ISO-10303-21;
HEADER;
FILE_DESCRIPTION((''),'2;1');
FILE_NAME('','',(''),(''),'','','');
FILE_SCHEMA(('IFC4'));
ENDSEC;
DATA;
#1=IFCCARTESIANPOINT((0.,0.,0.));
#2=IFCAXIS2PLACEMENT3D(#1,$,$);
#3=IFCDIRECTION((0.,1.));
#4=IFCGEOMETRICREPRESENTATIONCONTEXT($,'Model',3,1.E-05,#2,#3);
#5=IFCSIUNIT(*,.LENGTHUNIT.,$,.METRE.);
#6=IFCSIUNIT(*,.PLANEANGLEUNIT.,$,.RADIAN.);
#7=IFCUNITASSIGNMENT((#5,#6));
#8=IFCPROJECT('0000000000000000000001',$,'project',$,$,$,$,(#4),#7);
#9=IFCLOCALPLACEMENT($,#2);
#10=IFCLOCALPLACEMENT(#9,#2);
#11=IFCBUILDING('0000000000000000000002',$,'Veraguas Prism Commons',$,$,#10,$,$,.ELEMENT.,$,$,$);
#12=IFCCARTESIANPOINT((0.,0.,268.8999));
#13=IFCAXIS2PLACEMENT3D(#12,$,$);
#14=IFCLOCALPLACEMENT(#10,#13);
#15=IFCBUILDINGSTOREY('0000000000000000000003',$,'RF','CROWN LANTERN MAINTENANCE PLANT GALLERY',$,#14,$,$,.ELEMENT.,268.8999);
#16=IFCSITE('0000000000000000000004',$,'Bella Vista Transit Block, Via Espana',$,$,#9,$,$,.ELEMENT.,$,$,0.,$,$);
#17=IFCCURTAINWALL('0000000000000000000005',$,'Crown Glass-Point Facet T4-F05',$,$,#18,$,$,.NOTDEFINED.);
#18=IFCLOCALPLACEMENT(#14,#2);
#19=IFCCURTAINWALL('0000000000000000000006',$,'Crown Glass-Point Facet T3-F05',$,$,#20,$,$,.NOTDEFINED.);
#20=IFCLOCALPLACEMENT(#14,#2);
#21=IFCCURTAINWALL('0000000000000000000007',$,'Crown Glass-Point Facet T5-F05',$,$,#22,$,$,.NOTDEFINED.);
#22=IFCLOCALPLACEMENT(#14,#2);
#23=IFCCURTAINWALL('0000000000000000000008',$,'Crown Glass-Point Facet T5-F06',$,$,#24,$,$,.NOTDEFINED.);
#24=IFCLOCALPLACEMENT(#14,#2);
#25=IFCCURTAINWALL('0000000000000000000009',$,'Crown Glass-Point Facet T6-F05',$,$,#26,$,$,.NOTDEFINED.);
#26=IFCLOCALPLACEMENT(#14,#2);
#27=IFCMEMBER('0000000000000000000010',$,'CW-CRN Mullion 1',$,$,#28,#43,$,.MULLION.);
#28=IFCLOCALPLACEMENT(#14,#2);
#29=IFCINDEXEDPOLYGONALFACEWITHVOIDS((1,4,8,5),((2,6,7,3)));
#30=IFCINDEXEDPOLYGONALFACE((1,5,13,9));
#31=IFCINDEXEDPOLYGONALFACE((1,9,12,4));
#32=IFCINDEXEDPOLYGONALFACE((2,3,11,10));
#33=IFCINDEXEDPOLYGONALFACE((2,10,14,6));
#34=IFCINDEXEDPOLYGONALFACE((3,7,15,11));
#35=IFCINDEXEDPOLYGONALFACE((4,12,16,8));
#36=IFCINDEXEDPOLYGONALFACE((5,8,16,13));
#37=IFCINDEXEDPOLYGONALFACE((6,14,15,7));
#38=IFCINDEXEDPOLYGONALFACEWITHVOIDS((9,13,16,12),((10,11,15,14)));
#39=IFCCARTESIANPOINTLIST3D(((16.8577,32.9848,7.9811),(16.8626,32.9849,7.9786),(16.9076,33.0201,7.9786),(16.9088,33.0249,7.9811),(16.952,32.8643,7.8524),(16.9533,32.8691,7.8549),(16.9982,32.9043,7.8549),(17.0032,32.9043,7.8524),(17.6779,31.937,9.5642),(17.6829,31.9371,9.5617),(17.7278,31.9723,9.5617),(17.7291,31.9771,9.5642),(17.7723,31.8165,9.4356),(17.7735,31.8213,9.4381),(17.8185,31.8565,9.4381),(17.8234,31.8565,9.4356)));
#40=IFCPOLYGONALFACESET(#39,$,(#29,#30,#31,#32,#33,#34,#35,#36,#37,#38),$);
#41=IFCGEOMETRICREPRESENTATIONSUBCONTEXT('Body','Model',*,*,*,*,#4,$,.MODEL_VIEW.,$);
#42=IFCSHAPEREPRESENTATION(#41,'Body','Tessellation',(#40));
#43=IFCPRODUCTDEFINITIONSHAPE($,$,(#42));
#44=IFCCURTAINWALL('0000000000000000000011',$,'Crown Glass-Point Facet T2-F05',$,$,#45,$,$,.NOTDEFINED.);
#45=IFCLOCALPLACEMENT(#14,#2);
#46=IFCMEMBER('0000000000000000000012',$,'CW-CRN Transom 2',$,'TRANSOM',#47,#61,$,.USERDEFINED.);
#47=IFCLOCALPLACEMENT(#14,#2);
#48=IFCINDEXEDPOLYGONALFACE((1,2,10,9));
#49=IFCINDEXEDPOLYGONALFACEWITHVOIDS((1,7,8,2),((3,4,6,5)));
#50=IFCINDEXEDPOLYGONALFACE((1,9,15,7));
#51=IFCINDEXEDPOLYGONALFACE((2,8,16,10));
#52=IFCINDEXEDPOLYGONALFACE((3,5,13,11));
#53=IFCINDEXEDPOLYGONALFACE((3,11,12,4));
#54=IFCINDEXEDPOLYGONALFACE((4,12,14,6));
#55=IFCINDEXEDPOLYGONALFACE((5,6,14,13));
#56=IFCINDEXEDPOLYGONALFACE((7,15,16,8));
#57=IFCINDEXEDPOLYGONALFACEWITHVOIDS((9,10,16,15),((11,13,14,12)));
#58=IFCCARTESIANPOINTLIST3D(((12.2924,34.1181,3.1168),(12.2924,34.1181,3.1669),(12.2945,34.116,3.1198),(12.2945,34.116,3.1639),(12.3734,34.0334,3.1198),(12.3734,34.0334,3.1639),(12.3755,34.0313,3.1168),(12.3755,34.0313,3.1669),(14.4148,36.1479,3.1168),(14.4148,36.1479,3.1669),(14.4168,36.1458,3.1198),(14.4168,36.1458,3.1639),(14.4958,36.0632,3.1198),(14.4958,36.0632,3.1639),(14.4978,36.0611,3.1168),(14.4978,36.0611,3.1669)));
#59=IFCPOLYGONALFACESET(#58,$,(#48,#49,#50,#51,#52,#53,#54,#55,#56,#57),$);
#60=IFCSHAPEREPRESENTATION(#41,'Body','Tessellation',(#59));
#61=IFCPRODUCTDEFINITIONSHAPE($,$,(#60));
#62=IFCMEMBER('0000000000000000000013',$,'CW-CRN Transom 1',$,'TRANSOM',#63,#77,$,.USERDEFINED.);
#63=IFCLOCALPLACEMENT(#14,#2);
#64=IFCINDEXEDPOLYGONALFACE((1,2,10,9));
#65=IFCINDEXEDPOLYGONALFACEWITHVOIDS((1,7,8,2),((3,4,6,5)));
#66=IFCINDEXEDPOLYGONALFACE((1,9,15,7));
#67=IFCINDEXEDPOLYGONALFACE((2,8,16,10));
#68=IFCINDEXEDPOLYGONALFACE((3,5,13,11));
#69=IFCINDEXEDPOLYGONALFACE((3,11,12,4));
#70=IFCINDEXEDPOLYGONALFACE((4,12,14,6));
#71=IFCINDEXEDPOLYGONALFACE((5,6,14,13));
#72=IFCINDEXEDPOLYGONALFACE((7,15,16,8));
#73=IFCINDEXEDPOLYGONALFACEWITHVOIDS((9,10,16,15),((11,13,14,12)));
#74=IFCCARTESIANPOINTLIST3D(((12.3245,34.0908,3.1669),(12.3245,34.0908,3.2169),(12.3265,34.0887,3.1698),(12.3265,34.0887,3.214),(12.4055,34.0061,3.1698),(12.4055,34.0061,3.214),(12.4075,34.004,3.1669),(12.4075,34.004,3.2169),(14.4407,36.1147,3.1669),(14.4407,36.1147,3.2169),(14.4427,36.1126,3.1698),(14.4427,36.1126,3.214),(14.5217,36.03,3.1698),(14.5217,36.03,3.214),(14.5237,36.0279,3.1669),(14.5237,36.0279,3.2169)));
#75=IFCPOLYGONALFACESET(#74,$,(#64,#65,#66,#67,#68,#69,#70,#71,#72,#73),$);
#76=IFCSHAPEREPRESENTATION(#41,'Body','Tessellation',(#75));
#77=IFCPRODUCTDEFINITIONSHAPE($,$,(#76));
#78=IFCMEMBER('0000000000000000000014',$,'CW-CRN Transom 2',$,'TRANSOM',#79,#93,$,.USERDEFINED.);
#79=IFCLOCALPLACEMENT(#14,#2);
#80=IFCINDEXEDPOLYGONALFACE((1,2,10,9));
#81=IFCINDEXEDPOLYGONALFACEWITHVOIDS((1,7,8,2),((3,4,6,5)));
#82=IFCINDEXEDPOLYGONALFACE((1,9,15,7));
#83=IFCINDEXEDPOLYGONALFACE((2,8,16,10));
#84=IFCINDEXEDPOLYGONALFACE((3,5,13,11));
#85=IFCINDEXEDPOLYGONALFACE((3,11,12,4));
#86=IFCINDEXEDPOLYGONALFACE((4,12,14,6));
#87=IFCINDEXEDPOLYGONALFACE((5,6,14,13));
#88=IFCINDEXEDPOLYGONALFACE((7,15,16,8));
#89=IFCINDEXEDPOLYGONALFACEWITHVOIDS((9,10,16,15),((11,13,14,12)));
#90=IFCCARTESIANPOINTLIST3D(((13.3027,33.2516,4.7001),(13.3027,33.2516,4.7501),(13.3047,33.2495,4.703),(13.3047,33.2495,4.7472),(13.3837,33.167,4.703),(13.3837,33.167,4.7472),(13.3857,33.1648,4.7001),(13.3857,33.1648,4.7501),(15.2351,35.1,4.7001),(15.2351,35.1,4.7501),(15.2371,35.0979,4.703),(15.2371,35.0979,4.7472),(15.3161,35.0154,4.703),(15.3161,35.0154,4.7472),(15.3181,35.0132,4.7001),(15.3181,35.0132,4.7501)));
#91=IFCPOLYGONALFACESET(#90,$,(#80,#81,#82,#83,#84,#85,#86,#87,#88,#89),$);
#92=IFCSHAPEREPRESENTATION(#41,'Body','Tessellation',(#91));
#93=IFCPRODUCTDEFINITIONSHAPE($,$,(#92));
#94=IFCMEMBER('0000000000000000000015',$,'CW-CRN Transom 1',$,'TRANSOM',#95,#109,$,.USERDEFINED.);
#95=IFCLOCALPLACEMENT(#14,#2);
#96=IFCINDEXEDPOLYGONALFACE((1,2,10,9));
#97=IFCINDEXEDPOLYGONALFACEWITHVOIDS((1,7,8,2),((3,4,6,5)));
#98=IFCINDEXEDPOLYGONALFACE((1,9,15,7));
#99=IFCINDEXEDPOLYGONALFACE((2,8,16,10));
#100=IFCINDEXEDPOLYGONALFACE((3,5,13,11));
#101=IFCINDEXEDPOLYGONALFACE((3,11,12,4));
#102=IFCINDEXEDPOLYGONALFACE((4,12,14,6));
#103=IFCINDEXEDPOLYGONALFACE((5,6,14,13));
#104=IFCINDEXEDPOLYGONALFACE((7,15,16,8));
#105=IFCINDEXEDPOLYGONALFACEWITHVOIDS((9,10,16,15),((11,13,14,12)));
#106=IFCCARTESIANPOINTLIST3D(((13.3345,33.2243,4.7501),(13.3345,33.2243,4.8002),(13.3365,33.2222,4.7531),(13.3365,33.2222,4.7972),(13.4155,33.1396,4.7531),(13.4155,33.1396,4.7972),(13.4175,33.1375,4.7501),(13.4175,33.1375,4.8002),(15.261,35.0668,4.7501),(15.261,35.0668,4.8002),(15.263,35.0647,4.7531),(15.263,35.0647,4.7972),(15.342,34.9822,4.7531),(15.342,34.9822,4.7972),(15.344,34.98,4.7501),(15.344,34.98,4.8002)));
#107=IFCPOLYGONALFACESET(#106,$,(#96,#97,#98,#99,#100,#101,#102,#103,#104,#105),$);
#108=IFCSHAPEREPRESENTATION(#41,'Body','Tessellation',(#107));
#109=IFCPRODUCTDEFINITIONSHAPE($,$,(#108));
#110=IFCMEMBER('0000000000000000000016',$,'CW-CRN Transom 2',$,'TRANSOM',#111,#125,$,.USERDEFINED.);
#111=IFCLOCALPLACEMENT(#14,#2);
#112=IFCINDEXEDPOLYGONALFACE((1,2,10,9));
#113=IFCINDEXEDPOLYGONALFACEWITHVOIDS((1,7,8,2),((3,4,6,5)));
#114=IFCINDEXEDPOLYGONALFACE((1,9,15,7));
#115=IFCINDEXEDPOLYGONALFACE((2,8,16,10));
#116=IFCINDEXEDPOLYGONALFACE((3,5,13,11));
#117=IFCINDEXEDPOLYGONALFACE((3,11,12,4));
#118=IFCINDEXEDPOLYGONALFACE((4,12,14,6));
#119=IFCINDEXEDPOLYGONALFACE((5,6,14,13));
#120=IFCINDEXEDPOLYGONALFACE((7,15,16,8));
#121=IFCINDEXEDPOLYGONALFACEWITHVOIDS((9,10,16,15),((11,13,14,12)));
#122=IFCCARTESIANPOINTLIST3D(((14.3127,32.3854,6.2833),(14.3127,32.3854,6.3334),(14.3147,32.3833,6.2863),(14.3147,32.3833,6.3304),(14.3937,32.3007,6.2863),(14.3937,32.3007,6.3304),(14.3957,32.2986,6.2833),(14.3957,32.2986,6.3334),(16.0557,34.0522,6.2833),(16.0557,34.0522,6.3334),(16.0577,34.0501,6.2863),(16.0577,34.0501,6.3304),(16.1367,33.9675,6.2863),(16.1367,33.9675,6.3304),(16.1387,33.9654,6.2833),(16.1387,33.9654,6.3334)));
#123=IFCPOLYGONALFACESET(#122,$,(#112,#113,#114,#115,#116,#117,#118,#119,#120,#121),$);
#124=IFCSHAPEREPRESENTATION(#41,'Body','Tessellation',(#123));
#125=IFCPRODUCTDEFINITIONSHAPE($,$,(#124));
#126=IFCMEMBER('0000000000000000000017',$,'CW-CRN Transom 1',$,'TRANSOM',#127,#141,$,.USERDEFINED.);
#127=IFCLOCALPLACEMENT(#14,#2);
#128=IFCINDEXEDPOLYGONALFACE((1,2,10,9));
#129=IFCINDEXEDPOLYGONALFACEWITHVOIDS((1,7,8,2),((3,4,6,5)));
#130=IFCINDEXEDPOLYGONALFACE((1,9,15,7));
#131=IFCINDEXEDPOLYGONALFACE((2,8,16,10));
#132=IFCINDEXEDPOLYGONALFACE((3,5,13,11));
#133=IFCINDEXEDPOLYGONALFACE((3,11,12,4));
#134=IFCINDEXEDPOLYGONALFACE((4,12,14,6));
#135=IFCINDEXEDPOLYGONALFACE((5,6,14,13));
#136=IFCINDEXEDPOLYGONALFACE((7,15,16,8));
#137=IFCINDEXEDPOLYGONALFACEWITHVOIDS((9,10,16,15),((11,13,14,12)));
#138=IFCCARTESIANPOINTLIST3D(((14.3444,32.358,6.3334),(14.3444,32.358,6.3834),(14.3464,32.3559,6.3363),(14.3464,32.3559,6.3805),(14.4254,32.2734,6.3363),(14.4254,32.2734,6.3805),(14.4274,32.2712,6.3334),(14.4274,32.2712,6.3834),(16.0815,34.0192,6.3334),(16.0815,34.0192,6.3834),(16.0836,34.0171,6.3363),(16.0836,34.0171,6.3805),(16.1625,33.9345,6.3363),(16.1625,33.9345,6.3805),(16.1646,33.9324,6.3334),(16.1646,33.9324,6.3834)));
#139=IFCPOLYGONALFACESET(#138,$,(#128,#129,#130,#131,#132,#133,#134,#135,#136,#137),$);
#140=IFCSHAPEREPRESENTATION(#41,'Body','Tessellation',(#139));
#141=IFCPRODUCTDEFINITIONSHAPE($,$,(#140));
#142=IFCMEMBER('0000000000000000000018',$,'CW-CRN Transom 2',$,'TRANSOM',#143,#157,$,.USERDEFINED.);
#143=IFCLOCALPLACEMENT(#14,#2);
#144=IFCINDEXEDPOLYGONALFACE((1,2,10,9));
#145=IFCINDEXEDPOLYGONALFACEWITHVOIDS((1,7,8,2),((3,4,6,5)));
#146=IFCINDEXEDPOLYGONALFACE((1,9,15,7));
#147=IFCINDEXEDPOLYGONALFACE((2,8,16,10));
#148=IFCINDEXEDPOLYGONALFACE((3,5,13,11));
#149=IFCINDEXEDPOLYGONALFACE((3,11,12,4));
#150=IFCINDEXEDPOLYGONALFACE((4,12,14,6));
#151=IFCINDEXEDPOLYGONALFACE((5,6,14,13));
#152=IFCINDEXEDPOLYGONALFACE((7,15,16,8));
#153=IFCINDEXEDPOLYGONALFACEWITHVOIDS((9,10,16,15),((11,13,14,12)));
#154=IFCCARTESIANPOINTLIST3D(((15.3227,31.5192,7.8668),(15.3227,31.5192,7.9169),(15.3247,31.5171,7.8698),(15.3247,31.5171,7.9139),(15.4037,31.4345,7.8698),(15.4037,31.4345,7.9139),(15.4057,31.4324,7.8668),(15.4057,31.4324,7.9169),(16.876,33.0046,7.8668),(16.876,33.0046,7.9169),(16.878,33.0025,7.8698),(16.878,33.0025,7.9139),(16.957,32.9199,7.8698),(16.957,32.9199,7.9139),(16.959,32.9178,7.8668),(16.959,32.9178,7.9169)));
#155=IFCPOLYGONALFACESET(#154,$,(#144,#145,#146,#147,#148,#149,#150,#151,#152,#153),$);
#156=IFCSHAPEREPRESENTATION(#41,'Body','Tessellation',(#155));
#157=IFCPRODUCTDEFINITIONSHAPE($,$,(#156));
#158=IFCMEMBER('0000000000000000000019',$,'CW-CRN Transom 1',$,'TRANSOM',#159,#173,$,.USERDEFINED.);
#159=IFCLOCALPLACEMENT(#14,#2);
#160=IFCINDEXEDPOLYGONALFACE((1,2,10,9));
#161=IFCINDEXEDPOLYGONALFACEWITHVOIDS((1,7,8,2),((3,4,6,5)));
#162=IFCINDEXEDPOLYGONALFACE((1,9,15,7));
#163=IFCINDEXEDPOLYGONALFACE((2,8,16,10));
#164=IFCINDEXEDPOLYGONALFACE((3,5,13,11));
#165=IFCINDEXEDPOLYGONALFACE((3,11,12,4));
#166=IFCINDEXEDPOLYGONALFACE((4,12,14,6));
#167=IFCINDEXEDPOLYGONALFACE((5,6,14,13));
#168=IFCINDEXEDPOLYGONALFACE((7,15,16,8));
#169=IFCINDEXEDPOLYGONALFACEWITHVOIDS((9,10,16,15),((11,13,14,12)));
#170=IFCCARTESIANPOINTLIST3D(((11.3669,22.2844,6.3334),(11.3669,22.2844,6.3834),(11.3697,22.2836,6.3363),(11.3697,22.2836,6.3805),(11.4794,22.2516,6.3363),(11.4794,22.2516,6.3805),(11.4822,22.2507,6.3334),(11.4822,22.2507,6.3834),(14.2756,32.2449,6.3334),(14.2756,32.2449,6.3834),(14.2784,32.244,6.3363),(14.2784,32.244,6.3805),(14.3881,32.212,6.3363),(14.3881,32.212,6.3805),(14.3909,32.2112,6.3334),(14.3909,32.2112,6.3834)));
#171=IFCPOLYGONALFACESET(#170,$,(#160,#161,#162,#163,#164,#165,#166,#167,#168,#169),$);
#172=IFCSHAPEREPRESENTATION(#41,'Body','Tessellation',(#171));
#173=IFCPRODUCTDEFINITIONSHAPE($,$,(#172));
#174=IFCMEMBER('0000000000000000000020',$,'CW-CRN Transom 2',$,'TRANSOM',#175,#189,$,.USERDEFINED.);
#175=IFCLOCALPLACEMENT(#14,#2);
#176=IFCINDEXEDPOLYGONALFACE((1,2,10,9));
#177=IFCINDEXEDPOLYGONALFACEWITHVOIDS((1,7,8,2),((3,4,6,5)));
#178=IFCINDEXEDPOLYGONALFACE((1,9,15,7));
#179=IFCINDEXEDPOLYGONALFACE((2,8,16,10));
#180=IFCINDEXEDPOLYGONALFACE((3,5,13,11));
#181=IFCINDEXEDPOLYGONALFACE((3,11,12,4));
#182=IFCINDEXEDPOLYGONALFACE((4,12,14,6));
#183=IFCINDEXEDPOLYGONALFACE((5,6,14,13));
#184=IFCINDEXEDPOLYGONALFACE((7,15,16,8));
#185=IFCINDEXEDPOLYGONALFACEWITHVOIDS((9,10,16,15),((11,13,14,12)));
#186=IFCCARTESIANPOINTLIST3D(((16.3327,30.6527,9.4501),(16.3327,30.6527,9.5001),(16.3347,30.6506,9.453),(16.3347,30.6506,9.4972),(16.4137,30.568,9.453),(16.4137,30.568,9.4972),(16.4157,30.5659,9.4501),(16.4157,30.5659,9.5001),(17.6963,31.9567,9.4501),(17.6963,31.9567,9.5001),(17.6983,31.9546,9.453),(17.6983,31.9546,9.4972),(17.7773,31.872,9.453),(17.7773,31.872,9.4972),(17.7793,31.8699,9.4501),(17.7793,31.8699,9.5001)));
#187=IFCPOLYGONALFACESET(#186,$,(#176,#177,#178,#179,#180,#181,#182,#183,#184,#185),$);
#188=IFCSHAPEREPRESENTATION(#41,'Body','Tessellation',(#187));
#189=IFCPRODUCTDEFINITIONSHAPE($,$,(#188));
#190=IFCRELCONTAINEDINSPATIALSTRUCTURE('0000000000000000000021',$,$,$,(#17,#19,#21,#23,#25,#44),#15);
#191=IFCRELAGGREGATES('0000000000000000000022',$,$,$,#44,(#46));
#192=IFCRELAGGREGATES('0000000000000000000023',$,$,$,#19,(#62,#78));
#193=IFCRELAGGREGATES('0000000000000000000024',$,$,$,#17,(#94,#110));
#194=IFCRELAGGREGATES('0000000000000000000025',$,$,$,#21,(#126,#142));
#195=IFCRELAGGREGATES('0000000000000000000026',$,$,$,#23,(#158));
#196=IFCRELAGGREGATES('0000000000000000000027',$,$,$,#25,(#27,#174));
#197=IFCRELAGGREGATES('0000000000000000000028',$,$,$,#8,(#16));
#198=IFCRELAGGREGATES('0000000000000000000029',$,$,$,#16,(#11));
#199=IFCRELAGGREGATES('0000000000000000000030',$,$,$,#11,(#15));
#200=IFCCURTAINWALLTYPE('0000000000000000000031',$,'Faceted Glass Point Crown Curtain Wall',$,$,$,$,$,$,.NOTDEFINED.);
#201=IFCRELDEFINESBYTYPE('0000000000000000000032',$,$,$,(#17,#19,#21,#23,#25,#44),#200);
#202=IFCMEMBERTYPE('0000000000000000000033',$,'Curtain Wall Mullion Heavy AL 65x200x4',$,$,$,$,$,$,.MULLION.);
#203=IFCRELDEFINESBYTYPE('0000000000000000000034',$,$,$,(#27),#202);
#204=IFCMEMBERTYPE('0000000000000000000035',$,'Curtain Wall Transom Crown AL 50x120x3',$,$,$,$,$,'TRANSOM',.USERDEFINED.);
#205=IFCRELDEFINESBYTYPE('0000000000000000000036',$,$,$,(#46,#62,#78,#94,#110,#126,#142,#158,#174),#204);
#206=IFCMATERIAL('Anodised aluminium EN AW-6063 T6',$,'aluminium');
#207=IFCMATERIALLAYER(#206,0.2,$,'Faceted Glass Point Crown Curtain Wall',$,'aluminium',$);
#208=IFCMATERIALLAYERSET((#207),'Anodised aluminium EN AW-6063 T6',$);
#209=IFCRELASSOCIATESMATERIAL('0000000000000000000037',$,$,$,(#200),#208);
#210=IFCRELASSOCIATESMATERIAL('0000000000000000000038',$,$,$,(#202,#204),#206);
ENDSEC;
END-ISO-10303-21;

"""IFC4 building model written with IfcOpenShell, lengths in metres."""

from ifc_helpers import new_model, si_unit, direction, frame, origin, origin_2d, place, context, subcontext, project, spatial, hollow_rectangle, extrude, source, transform, mapped, material, layer, layer_set, material_profile, profile_set, type_object, element, aggregate, save


model = new_model("IFC4")

# Units and contexts
model_context = context("Model", 3, precision=1e-05, world=origin(), true_north=direction((0.0, 1.0)))
body_context = subcontext(model_context, "Body", "Model", "MODEL_VIEW")
ifc_project = project(units=[si_unit("LENGTHUNIT", "METRE"), si_unit("PLANEANGLEUNIT", "RADIAN")], contexts=[model_context])

# Site, building, storey
site_placement = place(None, origin())
site = spatial("IfcSite", under=ifc_project, at=site_placement, Name="Bella Vista Transit Block, Via Espana", CompositionType="ELEMENT", RefElevation=0.0)
building_placement = place(site_placement, origin())
building = spatial("IfcBuilding", under=site, at=building_placement, Name="Veraguas Prism Commons", CompositionType="ELEMENT")
storey_placement = place(building_placement, frame((0.0, 0.0, 268.8999)))
storey = spatial("IfcBuildingStorey", under=building, at=storey_placement, Name="RF", Description="CROWN LANTERN MAINTENANCE PLANT GALLERY", CompositionType="ELEMENT", Elevation=268.8999)

# Curtain walls
ifc_material_1 = material(Name="Anodised aluminium EN AW-6063 T6", Category="aluminium")
ifc_layer_1 = layer(ifc_material_1, 0.2, Name="Faceted Glass Point Crown Curtain Wall", Category="aluminium")
ifc_layer_set_1 = layer_set([ifc_layer_1], Name="Anodised aluminium EN AW-6063 T6")
curtain_wall_type = type_object("IfcCurtainWallType", Name="Faceted Glass Point Crown Curtain Wall", PredefinedType="NOTDEFINED", material=ifc_layer_set_1)
ifc_material_profile_1 = material_profile(ifc_material_1, hollow_rectangle(XDim=0.0649, YDim=0.2, WallThickness=0.0039, at=origin_2d()), Name="AL65X200X4")
ifc_profile_set_1 = profile_set([ifc_material_profile_1], Name="Anodised aluminium EN AW-6063 T6")
member_type_1 = type_object("IfcMemberType", Name="Curtain Wall Mullion Heavy AL 65x200x4", PredefinedType="MULLION", material=ifc_profile_set_1)
curtain_wall_1_placement = place(storey_placement, origin())
curtain_wall_1 = element("IfcCurtainWall", 1, at=curtain_wall_1_placement, inside=storey, type_object=curtain_wall_type, Name="Crown Glass-Point Facet T4-F05", PredefinedType="NOTDEFINED")
shared_shape_1 = source(origin(), body_context, "Body", "SweptSolid", [
    extrude(hollow_rectangle(XDim=0.0649, YDim=0.2, WallThickness=0.0039, at=origin_2d()), origin(), (0.0, 0.0, 1.0), 2.0681),
])
curtain_wall_2_placement = place(storey_placement, origin())
curtain_wall_2 = element("IfcCurtainWall", 2, at=curtain_wall_2_placement, inside=storey, type_object=curtain_wall_type, Name="Crown Glass-Point Facet T3-F05", PredefinedType="NOTDEFINED")

# Curtain wall
curtain_wall_3_placement = place(storey_placement, origin())
curtain_wall_3 = element("IfcCurtainWall", 3, at=curtain_wall_3_placement, inside=storey, type_object=curtain_wall_type, Name="Crown Glass-Point Facet T5-F05", PredefinedType="NOTDEFINED")

# Curtain walls, members
curtain_wall_4_placement = place(storey_placement, origin())
curtain_wall_4 = element("IfcCurtainWall", 4, at=curtain_wall_4_placement, inside=storey, type_object=curtain_wall_type, Name="Crown Glass-Point Facet T5-F06", PredefinedType="NOTDEFINED")
curtain_wall_5_placement = place(storey_placement, origin())
curtain_wall_5 = element("IfcCurtainWall", 5, at=curtain_wall_5_placement, inside=storey, type_object=curtain_wall_type, Name="Crown Glass-Point Facet T6-F05", PredefinedType="NOTDEFINED")
member_1_placement = place(storey_placement, frame((16.9304, 32.9446, 7.9167), z_axis=(0.396625, -0.506641, 0.765509), x_axis=(0.787412, 0.616427, 0.0)))
member_1 = element("IfcMember", 6, at=member_1_placement, type_object=member_type_1, Name="CW-CRN Mullion 1", PredefinedType="MULLION", context=body_context, shape_type="MappedRepresentation", body=[
    mapped(shared_shape_1, transform((0.0, 0.0, 0.0), scale=1.0)),
])
curtain_wall_6_placement = place(storey_placement, origin())
curtain_wall_6 = element("IfcCurtainWall", 7, at=curtain_wall_6_placement, inside=storey, type_object=curtain_wall_type, Name="Crown Glass-Point Facet T2-F05", PredefinedType="NOTDEFINED")
ifc_material_profile_2 = material_profile(ifc_material_1, hollow_rectangle(XDim=0.05, YDim=0.1201, WallThickness=0.0029, at=origin_2d()), Name="AL50X120X3")
ifc_profile_set_2 = profile_set([ifc_material_profile_2], Name="Anodised aluminium EN AW-6063 T6")
member_type_2 = type_object("IfcMemberType", Name="Curtain Wall Transom Crown AL 50x120x3", ElementType="TRANSOM", PredefinedType="USERDEFINED", material=ifc_profile_set_2)
shared_shape_2 = source(origin(), body_context, "Body", "SweptSolid", [
    extrude(hollow_rectangle(XDim=0.05, YDim=0.1201, WallThickness=0.0029, at=origin_2d()), origin(), (0.0, 0.0, 1.0), 2.9368),
])
member_2_placement = place(storey_placement, frame((14.4563, 36.1045, 3.1418), z_axis=(-0.722685, -0.691177, 0.0), x_axis=(0.0, 0.0, 1.0)))
member_2 = element("IfcMember", 8, at=member_2_placement, type_object=member_type_2, Name="CW-CRN Transom 2", ObjectType="TRANSOM", PredefinedType="USERDEFINED", context=body_context, shape_type="MappedRepresentation", body=[
    mapped(shared_shape_2, transform((0.0, 0.0, 0.0), scale=1.0)),
])
aggregate(curtain_wall_6, [member_2])

# Members
shared_shape_3 = source(origin(), body_context, "Body", "SweptSolid", [
    extrude(hollow_rectangle(XDim=0.05, YDim=0.1201, WallThickness=0.0029, at=origin_2d()), origin(), (0.0, 0.0, 1.0), 2.9282),
])
member_3_placement = place(storey_placement, frame((14.4822, 36.0713, 3.1919), z_axis=(-0.722689, -0.691173, 0.0), x_axis=(0.0, 0.0, 1.0)))
member_3 = element("IfcMember", 9, at=member_3_placement, type_object=member_type_2, Name="CW-CRN Transom 1", ObjectType="TRANSOM", PredefinedType="USERDEFINED", context=body_context, shape_type="MappedRepresentation", body=[
    mapped(shared_shape_3, transform((0.0, 0.0, 0.0), scale=1.0)),
])
shared_shape_4 = source(origin(), body_context, "Body", "SweptSolid", [
    extrude(hollow_rectangle(XDim=0.05, YDim=0.1201, WallThickness=0.0029, at=origin_2d()), origin(), (0.0, 0.0, 1.0), 2.6741),
])
member_4_placement = place(storey_placement, frame((15.2766, 35.0566, 4.7251), z_axis=(-0.722636, -0.691229, 0.0), x_axis=(0.0, 0.0, 1.0)))
member_4 = element("IfcMember", 10, at=member_4_placement, type_object=member_type_2, Name="CW-CRN Transom 2", ObjectType="TRANSOM", PredefinedType="USERDEFINED", context=body_context, shape_type="MappedRepresentation", body=[
    mapped(shared_shape_4, transform((0.0, 0.0, 0.0), scale=1.0)),
])
shared_shape_5 = source(origin(), body_context, "Body", "SweptSolid", [
    extrude(hollow_rectangle(XDim=0.05, YDim=0.1201, WallThickness=0.0029, at=origin_2d()), origin(), (0.0, 0.0, 1.0), 2.6658),
])
member_5_placement = place(storey_placement, frame((15.3025, 35.0234, 4.7751), z_axis=(-0.722684, -0.691179, 0.0), x_axis=(0.0, 0.0, 1.0)))
member_5 = element("IfcMember", 11, at=member_5_placement, type_object=member_type_2, Name="CW-CRN Transom 1", ObjectType="TRANSOM", PredefinedType="USERDEFINED", context=body_context, shape_type="MappedRepresentation", body=[
    mapped(shared_shape_5, transform((0.0, 0.0, 0.0), scale=1.0)),
])
shared_shape_6 = source(origin(), body_context, "Body", "SweptSolid", [
    extrude(hollow_rectangle(XDim=0.05, YDim=0.1201, WallThickness=0.0029, at=origin_2d()), origin(), (0.0, 0.0, 1.0), 2.4116),
])
member_6_placement = place(storey_placement, frame((16.0972, 34.0088, 6.3083), z_axis=(-0.722723, -0.691138, 0.0), x_axis=(0.0, 0.0, 1.0)))
member_6 = element("IfcMember", 12, at=member_6_placement, type_object=member_type_2, Name="CW-CRN Transom 2", ObjectType="TRANSOM", PredefinedType="USERDEFINED", context=body_context, shape_type="MappedRepresentation", body=[
    mapped(shared_shape_6, transform((0.0, 0.0, 0.0), scale=1.0)),
])
shared_shape_7 = source(origin(), body_context, "Body", "SweptSolid", [
    extrude(hollow_rectangle(XDim=0.05, YDim=0.1201, WallThickness=0.0029, at=origin_2d()), origin(), (0.0, 0.0, 1.0), 2.4036),
])
member_7_placement = place(storey_placement, frame((16.123, 33.9758, 6.3584), z_axis=(-0.722726, -0.691135, 0.0), x_axis=(0.0, 0.0, 1.0)))
member_7 = element("IfcMember", 13, at=member_7_placement, type_object=member_type_2, Name="CW-CRN Transom 1", ObjectType="TRANSOM", PredefinedType="USERDEFINED", context=body_context, shape_type="MappedRepresentation", body=[
    mapped(shared_shape_7, transform((0.0, 0.0, 0.0), scale=1.0)),
])
shared_shape_8 = source(origin(), body_context, "Body", "SweptSolid", [
    extrude(hollow_rectangle(XDim=0.05, YDim=0.1201, WallThickness=0.0029, at=origin_2d()), origin(), (0.0, 0.0, 1.0), 2.1492),
])
member_8_placement = place(storey_placement, frame((16.9175, 32.9612, 7.8918), z_axis=(-0.722721, -0.69114, 0.0), x_axis=(0.0, 0.0, 1.0)))
member_8 = element("IfcMember", 14, at=member_8_placement, type_object=member_type_2, Name="CW-CRN Transom 2", ObjectType="TRANSOM", PredefinedType="USERDEFINED", context=body_context, shape_type="MappedRepresentation", body=[
    mapped(shared_shape_8, transform((0.0, 0.0, 0.0), scale=1.0)),
])
shared_shape_9 = source(origin(), body_context, "Body", "SweptSolid", [
    extrude(hollow_rectangle(XDim=0.05, YDim=0.1201, WallThickness=0.0029, at=origin_2d()), origin(), (0.0, 0.0, 1.0), 10.3765),
])
member_9_placement = place(storey_placement, frame((14.3333, 32.228, 6.3584), z_axis=(-0.280316, -0.959908, 0.0), x_axis=(0.0, 0.0, 1.0)))
member_9 = element("IfcMember", 15, at=member_9_placement, type_object=member_type_2, Name="CW-CRN Transom 1", ObjectType="TRANSOM", PredefinedType="USERDEFINED", context=body_context, shape_type="MappedRepresentation", body=[
    mapped(shared_shape_9, transform((0.0, 0.0, 0.0), scale=1.0)),
])
shared_shape_10 = source(origin(), body_context, "Body", "SweptSolid", [
    extrude(hollow_rectangle(XDim=0.05, YDim=0.1201, WallThickness=0.0029, at=origin_2d()), origin(), (0.0, 0.0, 1.0), 1.8867),
])
member_10_placement = place(storey_placement, frame((17.7378, 31.9133, 9.4751), z_axis=(-0.722718, -0.691143, 0.0), x_axis=(0.0, 0.0, 1.0)))
member_10 = element("IfcMember", 16, at=member_10_placement, type_object=member_type_2, Name="CW-CRN Transom 2", ObjectType="TRANSOM", PredefinedType="USERDEFINED", context=body_context, shape_type="MappedRepresentation", body=[
    mapped(shared_shape_10, transform((0.0, 0.0, 0.0), scale=1.0)),
])

aggregate(curtain_wall_2, [member_3, member_4])
aggregate(curtain_wall_1, [member_5, member_6])
aggregate(curtain_wall_3, [member_7, member_8])
aggregate(curtain_wall_4, [member_9])
aggregate(curtain_wall_5, [member_1, member_10])

save(model, "model.ifc")
